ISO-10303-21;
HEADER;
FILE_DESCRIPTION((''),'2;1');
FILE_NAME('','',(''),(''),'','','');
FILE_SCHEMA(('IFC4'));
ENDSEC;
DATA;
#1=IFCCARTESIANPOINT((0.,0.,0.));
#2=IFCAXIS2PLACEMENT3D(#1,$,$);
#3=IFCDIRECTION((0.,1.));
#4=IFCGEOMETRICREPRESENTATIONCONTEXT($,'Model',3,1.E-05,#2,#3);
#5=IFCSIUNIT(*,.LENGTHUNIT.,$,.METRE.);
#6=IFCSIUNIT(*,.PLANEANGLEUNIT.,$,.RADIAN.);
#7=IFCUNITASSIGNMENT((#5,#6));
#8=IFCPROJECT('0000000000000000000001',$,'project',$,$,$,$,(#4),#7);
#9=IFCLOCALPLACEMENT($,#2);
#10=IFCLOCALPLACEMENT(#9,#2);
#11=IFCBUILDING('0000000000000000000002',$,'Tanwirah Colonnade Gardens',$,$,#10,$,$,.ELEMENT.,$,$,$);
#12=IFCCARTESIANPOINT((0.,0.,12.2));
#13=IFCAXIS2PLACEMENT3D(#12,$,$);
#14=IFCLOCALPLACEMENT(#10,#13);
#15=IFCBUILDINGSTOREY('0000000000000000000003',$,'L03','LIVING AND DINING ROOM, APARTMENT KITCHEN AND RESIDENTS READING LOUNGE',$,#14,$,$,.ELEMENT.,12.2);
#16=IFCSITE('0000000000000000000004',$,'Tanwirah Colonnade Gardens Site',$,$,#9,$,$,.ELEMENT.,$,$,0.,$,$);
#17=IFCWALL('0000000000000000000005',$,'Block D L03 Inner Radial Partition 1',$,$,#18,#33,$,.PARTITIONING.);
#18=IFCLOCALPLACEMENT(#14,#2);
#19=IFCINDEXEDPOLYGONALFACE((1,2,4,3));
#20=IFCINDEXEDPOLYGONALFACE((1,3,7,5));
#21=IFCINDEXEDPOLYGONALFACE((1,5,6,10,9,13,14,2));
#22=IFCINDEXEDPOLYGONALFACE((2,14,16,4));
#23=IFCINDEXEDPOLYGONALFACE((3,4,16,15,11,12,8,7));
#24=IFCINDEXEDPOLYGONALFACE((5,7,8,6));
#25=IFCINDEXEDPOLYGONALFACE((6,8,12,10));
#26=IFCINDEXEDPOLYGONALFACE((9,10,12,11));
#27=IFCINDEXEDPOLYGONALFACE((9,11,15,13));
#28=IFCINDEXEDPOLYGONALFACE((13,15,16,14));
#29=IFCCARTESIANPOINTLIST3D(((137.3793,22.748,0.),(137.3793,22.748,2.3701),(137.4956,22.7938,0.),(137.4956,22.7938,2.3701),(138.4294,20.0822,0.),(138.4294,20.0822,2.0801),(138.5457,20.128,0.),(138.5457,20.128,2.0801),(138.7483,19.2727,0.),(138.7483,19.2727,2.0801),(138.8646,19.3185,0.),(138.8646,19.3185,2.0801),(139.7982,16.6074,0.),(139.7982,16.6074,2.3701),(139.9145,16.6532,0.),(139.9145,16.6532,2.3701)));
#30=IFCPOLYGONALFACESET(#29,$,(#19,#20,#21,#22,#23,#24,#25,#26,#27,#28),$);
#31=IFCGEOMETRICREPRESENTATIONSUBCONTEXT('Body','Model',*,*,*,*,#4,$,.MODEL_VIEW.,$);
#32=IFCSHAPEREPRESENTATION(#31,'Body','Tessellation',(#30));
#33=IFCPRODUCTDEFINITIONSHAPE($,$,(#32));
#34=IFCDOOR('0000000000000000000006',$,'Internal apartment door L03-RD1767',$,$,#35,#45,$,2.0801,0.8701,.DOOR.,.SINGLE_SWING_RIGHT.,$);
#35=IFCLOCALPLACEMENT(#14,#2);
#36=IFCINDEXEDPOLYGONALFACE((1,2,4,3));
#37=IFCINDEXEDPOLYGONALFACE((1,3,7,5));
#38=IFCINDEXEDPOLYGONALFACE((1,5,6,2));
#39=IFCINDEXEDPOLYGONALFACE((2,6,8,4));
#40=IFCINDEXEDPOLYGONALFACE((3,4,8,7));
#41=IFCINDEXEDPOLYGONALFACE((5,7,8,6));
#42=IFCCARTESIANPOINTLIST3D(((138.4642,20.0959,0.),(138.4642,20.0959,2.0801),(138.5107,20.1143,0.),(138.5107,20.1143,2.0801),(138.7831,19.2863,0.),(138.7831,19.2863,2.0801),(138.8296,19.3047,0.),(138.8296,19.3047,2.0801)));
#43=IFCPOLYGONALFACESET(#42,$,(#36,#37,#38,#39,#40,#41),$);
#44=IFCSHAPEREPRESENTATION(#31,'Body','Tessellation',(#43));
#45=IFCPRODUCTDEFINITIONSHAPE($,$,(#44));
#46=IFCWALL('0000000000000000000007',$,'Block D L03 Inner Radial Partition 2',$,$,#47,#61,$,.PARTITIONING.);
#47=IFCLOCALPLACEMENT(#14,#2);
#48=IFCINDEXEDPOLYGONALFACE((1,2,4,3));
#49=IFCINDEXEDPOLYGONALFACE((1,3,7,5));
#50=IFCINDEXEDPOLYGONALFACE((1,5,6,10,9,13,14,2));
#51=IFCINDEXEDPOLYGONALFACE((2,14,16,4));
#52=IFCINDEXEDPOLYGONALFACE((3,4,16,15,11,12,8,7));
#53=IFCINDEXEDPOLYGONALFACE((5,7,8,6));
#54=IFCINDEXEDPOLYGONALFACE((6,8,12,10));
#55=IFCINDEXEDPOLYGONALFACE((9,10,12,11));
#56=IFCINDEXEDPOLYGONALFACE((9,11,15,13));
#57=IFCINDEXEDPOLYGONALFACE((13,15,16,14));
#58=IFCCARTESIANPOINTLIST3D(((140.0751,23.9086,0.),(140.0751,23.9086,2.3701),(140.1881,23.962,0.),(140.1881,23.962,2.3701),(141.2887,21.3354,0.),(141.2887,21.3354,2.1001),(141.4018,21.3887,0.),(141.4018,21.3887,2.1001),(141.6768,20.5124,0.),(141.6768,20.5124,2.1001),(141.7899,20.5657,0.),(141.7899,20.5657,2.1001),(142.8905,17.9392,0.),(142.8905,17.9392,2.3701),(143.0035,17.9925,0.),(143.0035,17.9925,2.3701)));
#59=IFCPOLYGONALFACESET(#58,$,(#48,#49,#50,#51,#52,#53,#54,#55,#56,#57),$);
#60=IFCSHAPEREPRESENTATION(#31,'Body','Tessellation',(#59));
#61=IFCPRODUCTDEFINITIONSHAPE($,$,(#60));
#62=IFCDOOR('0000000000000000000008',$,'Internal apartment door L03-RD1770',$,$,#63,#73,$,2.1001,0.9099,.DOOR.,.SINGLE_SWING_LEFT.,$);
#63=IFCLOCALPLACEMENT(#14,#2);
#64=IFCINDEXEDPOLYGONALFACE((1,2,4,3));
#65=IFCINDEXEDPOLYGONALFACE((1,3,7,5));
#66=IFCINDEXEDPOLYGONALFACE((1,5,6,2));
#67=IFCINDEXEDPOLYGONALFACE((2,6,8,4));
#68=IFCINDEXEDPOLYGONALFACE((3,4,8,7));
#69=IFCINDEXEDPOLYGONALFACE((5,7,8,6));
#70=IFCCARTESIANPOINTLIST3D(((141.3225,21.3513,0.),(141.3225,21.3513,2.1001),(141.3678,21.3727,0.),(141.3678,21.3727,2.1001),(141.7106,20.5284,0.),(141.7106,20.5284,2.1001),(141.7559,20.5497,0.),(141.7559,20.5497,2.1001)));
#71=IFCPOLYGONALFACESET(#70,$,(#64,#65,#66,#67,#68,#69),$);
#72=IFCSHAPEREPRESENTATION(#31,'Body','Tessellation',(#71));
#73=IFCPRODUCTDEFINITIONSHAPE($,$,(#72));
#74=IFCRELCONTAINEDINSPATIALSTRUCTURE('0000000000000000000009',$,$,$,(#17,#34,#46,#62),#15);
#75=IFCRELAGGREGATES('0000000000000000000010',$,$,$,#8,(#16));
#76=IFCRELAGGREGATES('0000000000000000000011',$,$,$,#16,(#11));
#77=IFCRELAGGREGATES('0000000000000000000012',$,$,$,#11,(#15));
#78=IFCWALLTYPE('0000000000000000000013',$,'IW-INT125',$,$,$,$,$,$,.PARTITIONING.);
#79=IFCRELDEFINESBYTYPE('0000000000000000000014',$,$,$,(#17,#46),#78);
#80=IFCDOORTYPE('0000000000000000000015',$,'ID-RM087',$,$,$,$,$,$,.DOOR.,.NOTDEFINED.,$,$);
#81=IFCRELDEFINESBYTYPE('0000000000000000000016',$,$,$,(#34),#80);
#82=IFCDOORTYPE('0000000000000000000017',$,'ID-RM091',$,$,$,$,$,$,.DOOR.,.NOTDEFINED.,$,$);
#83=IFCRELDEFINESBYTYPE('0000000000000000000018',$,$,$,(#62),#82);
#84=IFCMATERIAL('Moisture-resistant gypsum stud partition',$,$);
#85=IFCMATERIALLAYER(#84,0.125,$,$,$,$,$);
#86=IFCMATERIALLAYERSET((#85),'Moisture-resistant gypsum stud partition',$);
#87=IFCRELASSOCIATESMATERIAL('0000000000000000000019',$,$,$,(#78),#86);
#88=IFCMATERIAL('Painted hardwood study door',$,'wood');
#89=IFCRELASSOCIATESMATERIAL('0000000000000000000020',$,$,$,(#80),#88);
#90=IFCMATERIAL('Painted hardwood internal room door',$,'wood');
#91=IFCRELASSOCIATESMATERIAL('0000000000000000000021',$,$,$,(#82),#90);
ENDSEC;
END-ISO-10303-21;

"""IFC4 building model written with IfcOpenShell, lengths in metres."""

from ifc_helpers import new_model, si_unit, direction, frame, frame_2d, origin, place, context, subcontext, project, spatial, rectangle, extrude, material, layer, layer_set, type_object, element, fill, save


model = new_model("IFC4")

# Units and contexts
model_context = context("Model", 3, precision=1e-05, world=origin(), true_north=direction((0.0, 1.0)))
body_context = subcontext(model_context, "Body", "Model", "MODEL_VIEW")
ifc_project = project(units=[si_unit("LENGTHUNIT", "METRE"), si_unit("PLANEANGLEUNIT", "RADIAN")], contexts=[model_context])

# Site, building, storey
site_placement = place(None, origin())
site = spatial("IfcSite", under=ifc_project, at=site_placement, Name="Tanwirah Colonnade Gardens Site", CompositionType="ELEMENT", RefElevation=0.0)
building_placement = place(site_placement, origin())
building = spatial("IfcBuilding", under=site, at=building_placement, Name="Tanwirah Colonnade Gardens", CompositionType="ELEMENT")
storey_placement = place(building_placement, frame((0.0, 0.0, 12.2)))
storey = spatial("IfcBuildingStorey", under=building, at=storey_placement, Name="L03", Description="LIVING AND DINING ROOM, APARTMENT KITCHEN AND RESIDENTS READING LOUNGE", CompositionType="ELEMENT", Elevation=12.2)

# Walls, openings, doors
ifc_material_1 = material(Name="Moisture-resistant gypsum stud partition")
ifc_layer_1 = layer(ifc_material_1, 0.125)
ifc_layer_set_1 = layer_set([ifc_layer_1], Name="Moisture-resistant gypsum stud partition")
wall_type_1 = type_object("IfcWallType", Name="IW-INT125", PredefinedType="PARTITIONING", material=ifc_layer_set_1)
wall_1_placement = place(storey_placement, frame((137.4375, 22.7708, 0.0), z_axis=(0.0, 0.0, 1.0), x_axis=(0.366513, -0.930413, 0.0)))
wall_1 = element("IfcWall", 1, at=wall_1_placement, inside=storey, type_object=wall_type_1, Name="Block D L03 Inner Radial Partition 1", PredefinedType="PARTITIONING", context=body_context, shape_type="SweptSolid", body=[
    extrude(rectangle(XDim=6.5999, YDim=0.125, at=frame_2d((3.2998, 0.0))), origin(), (0.0, 0.0, 1.0), 2.3701),
])
opening_1_placement = place(wall_1_placement, frame((2.865, 0.0, 0.0)))
opening_1 = element("IfcOpeningElement", 2, at=opening_1_placement, cuts=wall_1, PredefinedType="OPENING", context=body_context, shape_type="SweptSolid", body=[
    extrude(rectangle(XDim=0.8701, YDim=2.0801, at=frame_2d((0.4351, 1.04))), frame((0.0, 0.0725, 0.0), z_axis=(0.0, -1.0, 0.0), x_axis=(1.0, 0.0, 0.0)), (0.0, 0.0, 1.0), 0.145),
])
ifc_material_2 = material(Name="Painted hardwood study door", Category="wood")
door_type_1 = type_object("IfcDoorType", Name="ID-RM087", OperationType="NOTDEFINED", PredefinedType="DOOR", material=ifc_material_2)
door_1_placement = place(opening_1_placement, origin())
door_1 = element("IfcDoor", 3, at=door_1_placement, inside=storey, type_object=door_type_1, Name="Internal apartment door L03-RD1767", OperationType="SINGLE_SWING_RIGHT", OverallHeight=2.0801, OverallWidth=0.8701, PredefinedType="DOOR", context=body_context, shape_type="SweptSolid", body=[
    extrude(rectangle(XDim=0.8701, YDim=2.0801, at=frame_2d((0.4351, 1.04))), frame((0.0, 0.0249, 0.0), z_axis=(0.0, -1.0, 0.0), x_axis=(1.0, 0.0, 0.0)), (0.0, 0.0, 1.0), 0.05),
])
fill(opening_1, door_1)
wall_2_placement = place(storey_placement, frame((140.1316, 23.9353, 0.0), z_axis=(0.0, 0.0, 1.0), x_axis=(0.426574, -0.904453, 0.0)))
wall_2 = element("IfcWall", 4, at=wall_2_placement, inside=storey, type_object=wall_type_1, Name="Block D L03 Inner Radial Partition 2", PredefinedType="PARTITIONING", context=body_context, shape_type="SweptSolid", body=[
    extrude(rectangle(XDim=6.6001, YDim=0.125, at=frame_2d((3.3, 0.0))), origin(), (0.0, 0.0, 1.0), 2.3701),
])
opening_2_placement = place(wall_2_placement, frame((2.845, 0.0, 0.0)))
opening_2 = element("IfcOpeningElement", 5, at=opening_2_placement, cuts=wall_2, PredefinedType="OPENING", context=body_context, shape_type="SweptSolid", body=[
    extrude(rectangle(XDim=0.9099, YDim=2.1001, at=frame_2d((0.4551, 1.05))), frame((0.0, 0.0725, 0.0), z_axis=(0.0, -1.0, 0.0), x_axis=(1.0, 0.0, 0.0)), (0.0, 0.0, 1.0), 0.145),
])
ifc_material_3 = material(Name="Painted hardwood internal room door", Category="wood")
door_type_2 = type_object("IfcDoorType", Name="ID-RM091", OperationType="NOTDEFINED", PredefinedType="DOOR", material=ifc_material_3)
door_2_placement = place(opening_2_placement, origin())
door_2 = element("IfcDoor", 6, at=door_2_placement, inside=storey, type_object=door_type_2, Name="Internal apartment door L03-RD1770", OperationType="SINGLE_SWING_LEFT", OverallHeight=2.1001, OverallWidth=0.9099, PredefinedType="DOOR", context=body_context, shape_type="SweptSolid", body=[
    extrude(rectangle(XDim=0.9099, YDim=2.1001, at=frame_2d((0.4551, 1.05))), frame((0.0, 0.0249, 0.0), z_axis=(0.0, -1.0, 0.0), x_axis=(1.0, 0.0, 0.0)), (0.0, 0.0, 1.0), 0.05),
])
fill(opening_2, door_2)

save(model, "model.ifc")
